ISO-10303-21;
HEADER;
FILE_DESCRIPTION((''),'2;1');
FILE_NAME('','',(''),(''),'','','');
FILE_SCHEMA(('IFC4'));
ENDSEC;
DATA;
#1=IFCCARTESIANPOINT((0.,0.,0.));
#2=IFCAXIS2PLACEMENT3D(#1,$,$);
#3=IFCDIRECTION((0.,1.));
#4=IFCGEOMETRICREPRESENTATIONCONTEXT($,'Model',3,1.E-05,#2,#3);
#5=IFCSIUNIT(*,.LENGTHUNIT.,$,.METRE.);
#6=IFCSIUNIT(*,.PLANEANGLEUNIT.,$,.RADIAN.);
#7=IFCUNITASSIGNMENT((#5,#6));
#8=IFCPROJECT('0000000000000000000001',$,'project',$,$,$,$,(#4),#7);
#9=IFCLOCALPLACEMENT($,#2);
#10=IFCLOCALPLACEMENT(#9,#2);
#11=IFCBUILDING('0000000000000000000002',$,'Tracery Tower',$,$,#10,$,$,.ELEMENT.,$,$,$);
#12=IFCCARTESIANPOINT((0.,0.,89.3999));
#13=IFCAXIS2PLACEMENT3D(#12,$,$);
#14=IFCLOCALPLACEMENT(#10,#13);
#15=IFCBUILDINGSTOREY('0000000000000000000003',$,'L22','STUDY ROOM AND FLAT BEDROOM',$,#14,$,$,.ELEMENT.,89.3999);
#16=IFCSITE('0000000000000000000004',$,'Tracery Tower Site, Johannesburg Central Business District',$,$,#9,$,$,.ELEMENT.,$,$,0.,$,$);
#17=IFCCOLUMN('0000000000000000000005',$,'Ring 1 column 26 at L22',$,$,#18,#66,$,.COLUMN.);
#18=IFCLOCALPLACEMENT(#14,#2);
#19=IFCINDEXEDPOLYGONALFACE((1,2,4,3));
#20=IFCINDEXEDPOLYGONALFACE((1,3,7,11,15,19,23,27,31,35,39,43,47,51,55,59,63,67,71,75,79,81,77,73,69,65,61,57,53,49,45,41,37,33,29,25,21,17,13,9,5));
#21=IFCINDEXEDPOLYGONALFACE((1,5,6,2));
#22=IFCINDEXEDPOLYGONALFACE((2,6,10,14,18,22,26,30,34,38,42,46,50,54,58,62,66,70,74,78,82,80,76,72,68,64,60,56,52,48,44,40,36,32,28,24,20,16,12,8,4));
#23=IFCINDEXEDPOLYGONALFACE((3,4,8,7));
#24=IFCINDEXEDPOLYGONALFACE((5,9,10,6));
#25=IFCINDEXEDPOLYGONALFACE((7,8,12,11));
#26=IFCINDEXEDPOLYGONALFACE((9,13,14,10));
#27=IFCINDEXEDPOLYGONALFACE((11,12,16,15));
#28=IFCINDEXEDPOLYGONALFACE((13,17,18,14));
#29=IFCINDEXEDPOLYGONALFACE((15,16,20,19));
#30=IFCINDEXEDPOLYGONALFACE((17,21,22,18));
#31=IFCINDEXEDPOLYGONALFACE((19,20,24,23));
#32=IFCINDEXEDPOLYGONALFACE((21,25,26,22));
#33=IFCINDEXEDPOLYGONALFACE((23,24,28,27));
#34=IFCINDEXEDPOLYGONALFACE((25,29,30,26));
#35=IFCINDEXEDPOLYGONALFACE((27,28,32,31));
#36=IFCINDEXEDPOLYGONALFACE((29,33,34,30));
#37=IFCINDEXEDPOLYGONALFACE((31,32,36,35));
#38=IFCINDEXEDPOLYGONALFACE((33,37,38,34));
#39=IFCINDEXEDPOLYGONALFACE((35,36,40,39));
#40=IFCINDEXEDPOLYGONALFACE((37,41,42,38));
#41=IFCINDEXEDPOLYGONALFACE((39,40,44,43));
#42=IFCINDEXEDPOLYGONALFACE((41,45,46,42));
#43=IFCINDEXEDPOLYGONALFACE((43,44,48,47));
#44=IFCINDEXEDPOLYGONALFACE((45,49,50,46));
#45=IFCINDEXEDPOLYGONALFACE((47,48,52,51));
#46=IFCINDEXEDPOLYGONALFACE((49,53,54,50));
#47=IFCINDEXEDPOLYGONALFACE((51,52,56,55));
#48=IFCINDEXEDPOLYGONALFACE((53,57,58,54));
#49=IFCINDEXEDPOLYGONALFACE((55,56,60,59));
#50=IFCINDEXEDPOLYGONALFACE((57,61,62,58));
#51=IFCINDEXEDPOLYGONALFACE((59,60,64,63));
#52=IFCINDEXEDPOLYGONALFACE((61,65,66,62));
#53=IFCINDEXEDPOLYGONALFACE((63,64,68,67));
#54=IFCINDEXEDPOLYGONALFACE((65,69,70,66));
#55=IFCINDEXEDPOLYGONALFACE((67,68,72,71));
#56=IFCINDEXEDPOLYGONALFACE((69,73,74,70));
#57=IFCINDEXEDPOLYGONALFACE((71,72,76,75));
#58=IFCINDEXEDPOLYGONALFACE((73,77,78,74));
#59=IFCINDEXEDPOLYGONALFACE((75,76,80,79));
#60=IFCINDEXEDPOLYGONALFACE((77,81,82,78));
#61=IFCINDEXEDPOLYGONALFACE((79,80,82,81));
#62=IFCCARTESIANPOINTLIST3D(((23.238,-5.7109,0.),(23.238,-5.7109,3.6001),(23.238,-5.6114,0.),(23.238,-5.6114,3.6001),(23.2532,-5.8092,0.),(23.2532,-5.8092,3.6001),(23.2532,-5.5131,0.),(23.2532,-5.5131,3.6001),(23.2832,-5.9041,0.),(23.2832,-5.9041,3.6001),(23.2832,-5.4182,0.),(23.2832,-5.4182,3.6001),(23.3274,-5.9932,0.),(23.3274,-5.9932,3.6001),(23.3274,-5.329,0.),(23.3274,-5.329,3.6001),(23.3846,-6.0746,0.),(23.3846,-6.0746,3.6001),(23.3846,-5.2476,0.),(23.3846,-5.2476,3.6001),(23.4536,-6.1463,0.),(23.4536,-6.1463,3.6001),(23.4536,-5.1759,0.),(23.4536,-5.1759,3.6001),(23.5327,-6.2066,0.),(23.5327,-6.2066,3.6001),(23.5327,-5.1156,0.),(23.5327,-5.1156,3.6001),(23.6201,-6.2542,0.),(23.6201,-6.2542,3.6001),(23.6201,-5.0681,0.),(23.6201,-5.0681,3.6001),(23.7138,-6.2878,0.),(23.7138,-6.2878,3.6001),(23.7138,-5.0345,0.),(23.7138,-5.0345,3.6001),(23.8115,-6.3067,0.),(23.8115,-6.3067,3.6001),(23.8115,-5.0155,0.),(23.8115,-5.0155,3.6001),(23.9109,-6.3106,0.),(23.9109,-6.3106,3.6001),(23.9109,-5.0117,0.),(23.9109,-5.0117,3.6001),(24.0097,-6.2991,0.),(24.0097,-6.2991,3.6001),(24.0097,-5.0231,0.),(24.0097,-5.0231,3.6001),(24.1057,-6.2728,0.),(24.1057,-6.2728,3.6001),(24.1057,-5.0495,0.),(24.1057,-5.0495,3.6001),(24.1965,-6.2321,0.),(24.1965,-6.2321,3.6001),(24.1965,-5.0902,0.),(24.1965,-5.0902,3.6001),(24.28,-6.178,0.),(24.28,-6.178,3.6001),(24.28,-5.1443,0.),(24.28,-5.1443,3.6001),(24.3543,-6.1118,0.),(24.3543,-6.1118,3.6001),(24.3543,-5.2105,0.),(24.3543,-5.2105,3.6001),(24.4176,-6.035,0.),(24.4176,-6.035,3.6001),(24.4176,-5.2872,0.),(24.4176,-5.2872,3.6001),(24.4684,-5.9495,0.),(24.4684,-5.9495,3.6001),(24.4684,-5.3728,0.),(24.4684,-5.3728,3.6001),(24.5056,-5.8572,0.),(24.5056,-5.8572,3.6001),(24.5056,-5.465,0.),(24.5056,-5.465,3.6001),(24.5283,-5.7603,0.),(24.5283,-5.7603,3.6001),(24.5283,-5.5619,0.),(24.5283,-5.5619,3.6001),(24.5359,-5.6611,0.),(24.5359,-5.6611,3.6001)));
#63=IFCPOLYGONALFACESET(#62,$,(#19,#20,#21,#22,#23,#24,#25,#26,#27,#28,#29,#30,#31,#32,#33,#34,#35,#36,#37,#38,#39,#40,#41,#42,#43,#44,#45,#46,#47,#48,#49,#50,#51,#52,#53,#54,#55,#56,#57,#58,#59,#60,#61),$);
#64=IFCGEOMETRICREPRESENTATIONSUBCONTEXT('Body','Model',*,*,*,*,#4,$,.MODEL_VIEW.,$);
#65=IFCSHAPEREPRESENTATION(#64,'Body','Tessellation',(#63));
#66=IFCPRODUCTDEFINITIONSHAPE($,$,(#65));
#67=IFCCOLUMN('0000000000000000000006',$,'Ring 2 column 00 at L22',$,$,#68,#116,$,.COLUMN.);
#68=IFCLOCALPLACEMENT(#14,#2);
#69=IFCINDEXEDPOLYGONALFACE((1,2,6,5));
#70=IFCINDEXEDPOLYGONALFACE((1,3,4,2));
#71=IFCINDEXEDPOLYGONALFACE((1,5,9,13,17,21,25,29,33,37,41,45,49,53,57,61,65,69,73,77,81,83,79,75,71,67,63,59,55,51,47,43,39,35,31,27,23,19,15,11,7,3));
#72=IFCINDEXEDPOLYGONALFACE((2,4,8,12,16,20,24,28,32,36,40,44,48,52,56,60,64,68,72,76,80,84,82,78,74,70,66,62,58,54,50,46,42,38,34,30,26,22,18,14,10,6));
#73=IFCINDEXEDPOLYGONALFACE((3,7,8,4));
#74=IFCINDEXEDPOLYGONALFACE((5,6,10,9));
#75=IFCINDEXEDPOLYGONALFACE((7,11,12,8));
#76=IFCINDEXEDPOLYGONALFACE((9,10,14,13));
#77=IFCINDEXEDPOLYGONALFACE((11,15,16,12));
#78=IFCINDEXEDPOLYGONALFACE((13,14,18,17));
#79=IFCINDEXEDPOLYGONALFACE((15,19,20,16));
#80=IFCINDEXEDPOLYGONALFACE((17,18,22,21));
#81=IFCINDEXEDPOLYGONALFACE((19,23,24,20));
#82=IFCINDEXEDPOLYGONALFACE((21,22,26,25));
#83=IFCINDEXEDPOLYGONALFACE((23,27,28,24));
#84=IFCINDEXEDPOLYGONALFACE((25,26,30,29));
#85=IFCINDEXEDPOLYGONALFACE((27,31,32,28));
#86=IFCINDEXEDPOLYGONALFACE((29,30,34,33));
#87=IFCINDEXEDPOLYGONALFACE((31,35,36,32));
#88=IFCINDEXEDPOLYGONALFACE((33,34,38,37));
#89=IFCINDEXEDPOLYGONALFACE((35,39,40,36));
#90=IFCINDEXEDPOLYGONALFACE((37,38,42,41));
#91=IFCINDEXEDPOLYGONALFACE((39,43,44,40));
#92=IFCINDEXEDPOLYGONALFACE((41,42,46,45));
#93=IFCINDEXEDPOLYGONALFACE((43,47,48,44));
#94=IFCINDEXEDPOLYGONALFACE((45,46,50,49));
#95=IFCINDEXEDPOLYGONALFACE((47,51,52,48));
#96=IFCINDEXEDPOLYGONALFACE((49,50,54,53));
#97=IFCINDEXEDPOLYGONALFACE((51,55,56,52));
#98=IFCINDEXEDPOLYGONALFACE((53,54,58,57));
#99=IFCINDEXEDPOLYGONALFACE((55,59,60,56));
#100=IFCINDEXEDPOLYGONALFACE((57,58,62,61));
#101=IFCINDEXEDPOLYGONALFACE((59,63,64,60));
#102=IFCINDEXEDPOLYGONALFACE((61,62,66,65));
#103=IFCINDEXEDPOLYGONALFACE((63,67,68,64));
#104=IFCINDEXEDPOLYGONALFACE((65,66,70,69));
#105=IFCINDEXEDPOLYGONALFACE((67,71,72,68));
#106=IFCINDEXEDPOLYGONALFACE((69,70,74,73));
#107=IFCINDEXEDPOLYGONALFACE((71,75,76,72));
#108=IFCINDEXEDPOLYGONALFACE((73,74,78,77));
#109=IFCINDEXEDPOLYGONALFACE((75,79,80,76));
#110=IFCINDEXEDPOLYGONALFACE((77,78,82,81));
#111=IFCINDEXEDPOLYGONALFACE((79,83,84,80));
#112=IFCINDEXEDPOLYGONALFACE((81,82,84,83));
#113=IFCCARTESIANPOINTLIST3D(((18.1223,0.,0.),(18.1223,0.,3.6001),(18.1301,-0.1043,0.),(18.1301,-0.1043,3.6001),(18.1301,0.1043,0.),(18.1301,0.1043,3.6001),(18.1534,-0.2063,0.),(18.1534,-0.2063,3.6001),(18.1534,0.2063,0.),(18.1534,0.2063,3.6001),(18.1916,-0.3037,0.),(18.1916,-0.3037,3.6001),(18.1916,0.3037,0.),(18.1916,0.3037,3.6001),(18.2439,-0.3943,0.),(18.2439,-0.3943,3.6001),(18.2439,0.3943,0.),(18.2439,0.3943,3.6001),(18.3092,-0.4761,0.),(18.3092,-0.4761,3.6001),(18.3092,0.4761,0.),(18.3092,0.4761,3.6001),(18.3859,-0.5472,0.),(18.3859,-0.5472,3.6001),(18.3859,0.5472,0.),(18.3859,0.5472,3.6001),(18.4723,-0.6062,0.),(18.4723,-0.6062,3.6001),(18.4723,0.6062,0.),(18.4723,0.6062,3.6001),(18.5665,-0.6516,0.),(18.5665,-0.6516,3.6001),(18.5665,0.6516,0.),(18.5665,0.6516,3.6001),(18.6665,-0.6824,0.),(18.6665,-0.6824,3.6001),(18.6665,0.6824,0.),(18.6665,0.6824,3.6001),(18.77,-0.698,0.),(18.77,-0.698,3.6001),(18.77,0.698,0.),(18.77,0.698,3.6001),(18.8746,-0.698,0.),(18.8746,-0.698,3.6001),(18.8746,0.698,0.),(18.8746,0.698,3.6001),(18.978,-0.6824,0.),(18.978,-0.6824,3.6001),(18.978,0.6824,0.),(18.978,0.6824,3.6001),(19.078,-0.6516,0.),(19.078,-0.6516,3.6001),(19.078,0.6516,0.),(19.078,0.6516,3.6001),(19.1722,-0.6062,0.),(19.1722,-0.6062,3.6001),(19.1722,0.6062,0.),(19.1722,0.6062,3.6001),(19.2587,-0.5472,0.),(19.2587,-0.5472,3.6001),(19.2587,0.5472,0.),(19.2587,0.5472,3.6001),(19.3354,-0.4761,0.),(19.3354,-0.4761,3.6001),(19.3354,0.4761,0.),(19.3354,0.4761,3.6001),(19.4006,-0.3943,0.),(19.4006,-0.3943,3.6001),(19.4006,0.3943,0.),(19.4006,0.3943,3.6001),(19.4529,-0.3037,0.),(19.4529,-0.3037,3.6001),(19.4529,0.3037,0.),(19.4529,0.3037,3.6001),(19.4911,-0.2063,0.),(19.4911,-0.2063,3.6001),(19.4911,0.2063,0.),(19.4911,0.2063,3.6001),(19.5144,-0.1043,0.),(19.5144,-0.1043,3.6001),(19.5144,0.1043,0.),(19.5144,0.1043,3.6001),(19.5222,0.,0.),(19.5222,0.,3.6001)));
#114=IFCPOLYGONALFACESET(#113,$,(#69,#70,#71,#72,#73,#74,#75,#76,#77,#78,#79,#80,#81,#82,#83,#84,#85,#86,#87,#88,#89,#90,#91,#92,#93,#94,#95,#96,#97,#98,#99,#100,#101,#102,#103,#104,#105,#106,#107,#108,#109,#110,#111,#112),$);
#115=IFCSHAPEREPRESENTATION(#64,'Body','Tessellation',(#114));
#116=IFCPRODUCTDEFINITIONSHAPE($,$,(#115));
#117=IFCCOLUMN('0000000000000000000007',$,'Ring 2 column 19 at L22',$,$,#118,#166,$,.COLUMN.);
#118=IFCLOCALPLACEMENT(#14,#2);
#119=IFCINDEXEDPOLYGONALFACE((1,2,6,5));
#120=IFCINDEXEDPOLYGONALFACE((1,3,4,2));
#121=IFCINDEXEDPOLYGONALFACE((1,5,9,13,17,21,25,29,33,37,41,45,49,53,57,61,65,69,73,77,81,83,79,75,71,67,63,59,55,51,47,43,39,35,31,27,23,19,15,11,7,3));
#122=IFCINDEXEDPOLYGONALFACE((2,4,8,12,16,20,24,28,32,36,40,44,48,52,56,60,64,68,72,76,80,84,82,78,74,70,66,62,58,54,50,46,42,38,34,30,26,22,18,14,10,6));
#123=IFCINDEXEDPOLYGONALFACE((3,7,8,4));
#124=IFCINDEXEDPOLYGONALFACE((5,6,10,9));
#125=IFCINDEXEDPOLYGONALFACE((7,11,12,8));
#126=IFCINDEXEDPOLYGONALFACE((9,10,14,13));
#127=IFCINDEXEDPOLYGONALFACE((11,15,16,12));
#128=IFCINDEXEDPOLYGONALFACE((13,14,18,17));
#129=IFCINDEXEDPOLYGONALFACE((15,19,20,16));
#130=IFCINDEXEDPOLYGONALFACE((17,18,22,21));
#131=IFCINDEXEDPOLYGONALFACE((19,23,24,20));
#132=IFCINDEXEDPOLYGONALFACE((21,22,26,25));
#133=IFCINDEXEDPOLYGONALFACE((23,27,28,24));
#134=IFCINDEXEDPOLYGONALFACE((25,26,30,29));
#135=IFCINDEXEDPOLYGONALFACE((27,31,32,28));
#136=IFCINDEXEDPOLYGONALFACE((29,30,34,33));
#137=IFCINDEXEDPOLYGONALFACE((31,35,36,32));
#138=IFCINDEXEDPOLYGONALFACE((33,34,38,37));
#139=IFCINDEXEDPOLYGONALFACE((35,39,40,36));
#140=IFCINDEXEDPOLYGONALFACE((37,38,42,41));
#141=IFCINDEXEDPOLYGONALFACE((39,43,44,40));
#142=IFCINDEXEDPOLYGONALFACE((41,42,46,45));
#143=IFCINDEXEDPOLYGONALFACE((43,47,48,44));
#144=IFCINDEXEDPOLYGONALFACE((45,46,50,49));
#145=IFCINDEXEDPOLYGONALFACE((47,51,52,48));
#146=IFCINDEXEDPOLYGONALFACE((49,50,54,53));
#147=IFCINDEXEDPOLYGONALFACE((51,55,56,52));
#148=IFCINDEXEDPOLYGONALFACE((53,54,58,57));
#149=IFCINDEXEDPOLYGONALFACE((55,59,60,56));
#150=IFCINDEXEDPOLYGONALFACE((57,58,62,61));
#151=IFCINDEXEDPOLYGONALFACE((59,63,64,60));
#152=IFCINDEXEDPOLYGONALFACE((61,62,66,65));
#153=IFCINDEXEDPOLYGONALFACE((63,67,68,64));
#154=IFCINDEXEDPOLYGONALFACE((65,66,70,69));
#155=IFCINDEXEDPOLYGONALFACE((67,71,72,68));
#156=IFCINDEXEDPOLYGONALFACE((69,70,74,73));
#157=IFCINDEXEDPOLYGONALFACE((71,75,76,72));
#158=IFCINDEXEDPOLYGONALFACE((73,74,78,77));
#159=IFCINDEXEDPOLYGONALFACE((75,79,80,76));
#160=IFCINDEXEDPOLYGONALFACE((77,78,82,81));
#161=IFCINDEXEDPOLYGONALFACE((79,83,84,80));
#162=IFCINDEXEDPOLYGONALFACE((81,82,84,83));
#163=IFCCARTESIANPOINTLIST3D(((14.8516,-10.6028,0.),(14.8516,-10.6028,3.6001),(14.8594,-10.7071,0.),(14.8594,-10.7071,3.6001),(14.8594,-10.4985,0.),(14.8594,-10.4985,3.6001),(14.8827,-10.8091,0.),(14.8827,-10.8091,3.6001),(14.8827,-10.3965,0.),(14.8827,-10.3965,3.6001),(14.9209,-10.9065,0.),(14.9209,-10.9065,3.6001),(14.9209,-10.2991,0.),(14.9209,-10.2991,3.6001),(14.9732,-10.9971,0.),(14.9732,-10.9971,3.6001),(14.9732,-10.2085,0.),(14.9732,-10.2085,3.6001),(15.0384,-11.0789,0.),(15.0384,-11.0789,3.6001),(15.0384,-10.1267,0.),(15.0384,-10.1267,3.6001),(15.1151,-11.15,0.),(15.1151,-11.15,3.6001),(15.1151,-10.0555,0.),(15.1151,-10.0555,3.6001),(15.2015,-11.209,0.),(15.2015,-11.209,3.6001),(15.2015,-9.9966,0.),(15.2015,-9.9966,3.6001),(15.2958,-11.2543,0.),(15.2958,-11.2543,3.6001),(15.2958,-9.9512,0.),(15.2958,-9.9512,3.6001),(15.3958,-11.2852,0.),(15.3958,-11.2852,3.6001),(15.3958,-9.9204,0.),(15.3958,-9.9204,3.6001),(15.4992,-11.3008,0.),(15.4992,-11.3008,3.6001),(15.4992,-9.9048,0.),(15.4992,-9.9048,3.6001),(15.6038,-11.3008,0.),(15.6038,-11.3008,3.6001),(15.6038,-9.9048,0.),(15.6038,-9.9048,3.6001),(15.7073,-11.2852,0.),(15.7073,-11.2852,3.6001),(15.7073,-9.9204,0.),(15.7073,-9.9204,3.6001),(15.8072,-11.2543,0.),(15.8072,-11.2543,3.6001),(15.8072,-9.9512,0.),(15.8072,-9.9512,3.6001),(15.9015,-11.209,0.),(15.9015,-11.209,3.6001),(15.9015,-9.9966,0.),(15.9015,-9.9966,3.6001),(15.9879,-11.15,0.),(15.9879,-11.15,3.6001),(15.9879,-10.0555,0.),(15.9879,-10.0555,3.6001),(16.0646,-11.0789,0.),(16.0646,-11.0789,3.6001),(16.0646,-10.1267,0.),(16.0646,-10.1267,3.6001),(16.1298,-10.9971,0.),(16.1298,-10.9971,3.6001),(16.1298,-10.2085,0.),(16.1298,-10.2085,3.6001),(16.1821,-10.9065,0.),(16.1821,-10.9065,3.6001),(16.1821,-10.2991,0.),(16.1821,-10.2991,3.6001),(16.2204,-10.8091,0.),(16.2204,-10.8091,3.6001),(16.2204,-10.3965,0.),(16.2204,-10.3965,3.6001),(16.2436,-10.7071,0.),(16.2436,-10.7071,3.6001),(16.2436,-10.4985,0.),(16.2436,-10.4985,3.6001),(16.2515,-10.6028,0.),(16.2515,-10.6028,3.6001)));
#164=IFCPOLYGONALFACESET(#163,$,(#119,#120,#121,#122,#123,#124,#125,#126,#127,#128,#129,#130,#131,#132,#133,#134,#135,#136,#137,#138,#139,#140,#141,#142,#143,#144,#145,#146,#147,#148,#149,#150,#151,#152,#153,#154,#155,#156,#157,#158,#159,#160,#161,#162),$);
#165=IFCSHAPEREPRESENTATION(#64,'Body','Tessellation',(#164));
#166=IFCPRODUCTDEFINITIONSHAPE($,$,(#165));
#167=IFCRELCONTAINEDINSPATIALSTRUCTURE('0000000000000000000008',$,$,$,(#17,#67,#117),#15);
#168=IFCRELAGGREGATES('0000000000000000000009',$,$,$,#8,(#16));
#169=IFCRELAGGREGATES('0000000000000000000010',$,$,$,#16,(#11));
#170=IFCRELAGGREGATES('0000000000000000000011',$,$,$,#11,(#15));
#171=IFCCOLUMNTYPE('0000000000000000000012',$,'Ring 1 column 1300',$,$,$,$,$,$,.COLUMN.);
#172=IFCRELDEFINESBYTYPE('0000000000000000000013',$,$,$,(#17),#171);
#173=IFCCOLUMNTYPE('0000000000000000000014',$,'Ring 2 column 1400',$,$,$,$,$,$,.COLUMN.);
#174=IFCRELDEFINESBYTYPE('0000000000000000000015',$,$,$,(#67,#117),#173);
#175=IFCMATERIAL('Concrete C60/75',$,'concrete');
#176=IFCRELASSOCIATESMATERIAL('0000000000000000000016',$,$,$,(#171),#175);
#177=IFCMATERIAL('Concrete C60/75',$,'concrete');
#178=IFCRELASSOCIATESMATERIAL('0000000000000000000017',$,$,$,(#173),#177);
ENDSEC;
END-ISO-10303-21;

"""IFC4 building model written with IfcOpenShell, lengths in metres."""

from ifc_helpers import new_model, si_unit, direction, frame, origin, origin_2d, place, context, subcontext, project, spatial, circle, extrude, material, material_profile, profile_set, type_object, element, save


model = new_model("IFC4")

# Units and contexts
model_context = context("Model", 3, precision=1e-05, world=origin(), true_north=direction((0.0, 1.0)))
body_context = subcontext(model_context, "Body", "Model", "MODEL_VIEW")
ifc_project = project(units=[si_unit("LENGTHUNIT", "METRE"), si_unit("PLANEANGLEUNIT", "RADIAN")], contexts=[model_context])

# Site, building, storey
site_placement = place(None, origin())
site = spatial("IfcSite", under=ifc_project, at=site_placement, Name="Tracery Tower Site, Johannesburg Central Business District", CompositionType="ELEMENT", RefElevation=0.0)
building_placement = place(site_placement, origin())
building = spatial("IfcBuilding", under=site, at=building_placement, Name="Tracery Tower", CompositionType="ELEMENT")
storey_placement = place(building_placement, frame((0.0, 0.0, 89.3999)))
storey = spatial("IfcBuildingStorey", under=building, at=storey_placement, Name="L22", Description="STUDY ROOM AND FLAT BEDROOM", CompositionType="ELEMENT", Elevation=89.3999)

# Columns
ifc_material_1 = material(Name="Concrete C60/75", Category="concrete")
ifc_material_profile_1 = material_profile(ifc_material_1, circle(Radius=0.6499, at=origin_2d()), Name="RC D1300")
ifc_profile_set_1 = profile_set([ifc_material_profile_1], Name="Concrete C60/75")
column_type_1 = type_object("IfcColumnType", Name="Ring 1 column 1300", PredefinedType="COLUMN", material=ifc_profile_set_1)
for number, where, z_axis, x_axis, name in (
    (1, (23.886, -5.6611, 0.0), (0.0, 0.0, 1.0), (1.0, 0.0, 0.0), "Ring 1 column 26 at L22"),
):
    element("IfcColumn", number, at=place(storey_placement, frame(where, z_axis=z_axis, x_axis=x_axis)), inside=storey, type_object=column_type_1, Name=name, PredefinedType="COLUMN", context=body_context, shape_type="SweptSolid", body=[
        extrude(circle(Radius=0.6499, at=origin_2d()), origin(), (0.0, 0.0, 1.0), 3.6001),
    ])
ifc_material_2 = material(Name="Concrete C60/75", Category="concrete")
ifc_material_profile_2 = material_profile(ifc_material_2, circle(Radius=0.7, at=origin_2d()), Name="RC D1400")
ifc_profile_set_2 = profile_set([ifc_material_profile_2], Name="Concrete C60/75")
column_type_2 = type_object("IfcColumnType", Name="Ring 2 column 1400", PredefinedType="COLUMN", material=ifc_profile_set_2)
for number, where, z_axis, x_axis, name in (
    (2, (18.8223, 0.0, 0.0), (0.0, 0.0, 1.0), (1.0, 0.0, 0.0), "Ring 2 column 00 at L22"),
    (3, (15.5515, -10.6028, 0.0), (0.0, 0.0, 1.0), (1.0, 0.0, 0.0), "Ring 2 column 19 at L22"),
):
    element("IfcColumn", number, at=place(storey_placement, frame(where, z_axis=z_axis, x_axis=x_axis)), inside=storey, type_object=column_type_2, Name=name, PredefinedType="COLUMN", context=body_context, shape_type="SweptSolid", body=[
        extrude(circle(Radius=0.7, at=origin_2d()), origin(), (0.0, 0.0, 1.0), 3.6001),
    ])

save(model, "model.ifc")
